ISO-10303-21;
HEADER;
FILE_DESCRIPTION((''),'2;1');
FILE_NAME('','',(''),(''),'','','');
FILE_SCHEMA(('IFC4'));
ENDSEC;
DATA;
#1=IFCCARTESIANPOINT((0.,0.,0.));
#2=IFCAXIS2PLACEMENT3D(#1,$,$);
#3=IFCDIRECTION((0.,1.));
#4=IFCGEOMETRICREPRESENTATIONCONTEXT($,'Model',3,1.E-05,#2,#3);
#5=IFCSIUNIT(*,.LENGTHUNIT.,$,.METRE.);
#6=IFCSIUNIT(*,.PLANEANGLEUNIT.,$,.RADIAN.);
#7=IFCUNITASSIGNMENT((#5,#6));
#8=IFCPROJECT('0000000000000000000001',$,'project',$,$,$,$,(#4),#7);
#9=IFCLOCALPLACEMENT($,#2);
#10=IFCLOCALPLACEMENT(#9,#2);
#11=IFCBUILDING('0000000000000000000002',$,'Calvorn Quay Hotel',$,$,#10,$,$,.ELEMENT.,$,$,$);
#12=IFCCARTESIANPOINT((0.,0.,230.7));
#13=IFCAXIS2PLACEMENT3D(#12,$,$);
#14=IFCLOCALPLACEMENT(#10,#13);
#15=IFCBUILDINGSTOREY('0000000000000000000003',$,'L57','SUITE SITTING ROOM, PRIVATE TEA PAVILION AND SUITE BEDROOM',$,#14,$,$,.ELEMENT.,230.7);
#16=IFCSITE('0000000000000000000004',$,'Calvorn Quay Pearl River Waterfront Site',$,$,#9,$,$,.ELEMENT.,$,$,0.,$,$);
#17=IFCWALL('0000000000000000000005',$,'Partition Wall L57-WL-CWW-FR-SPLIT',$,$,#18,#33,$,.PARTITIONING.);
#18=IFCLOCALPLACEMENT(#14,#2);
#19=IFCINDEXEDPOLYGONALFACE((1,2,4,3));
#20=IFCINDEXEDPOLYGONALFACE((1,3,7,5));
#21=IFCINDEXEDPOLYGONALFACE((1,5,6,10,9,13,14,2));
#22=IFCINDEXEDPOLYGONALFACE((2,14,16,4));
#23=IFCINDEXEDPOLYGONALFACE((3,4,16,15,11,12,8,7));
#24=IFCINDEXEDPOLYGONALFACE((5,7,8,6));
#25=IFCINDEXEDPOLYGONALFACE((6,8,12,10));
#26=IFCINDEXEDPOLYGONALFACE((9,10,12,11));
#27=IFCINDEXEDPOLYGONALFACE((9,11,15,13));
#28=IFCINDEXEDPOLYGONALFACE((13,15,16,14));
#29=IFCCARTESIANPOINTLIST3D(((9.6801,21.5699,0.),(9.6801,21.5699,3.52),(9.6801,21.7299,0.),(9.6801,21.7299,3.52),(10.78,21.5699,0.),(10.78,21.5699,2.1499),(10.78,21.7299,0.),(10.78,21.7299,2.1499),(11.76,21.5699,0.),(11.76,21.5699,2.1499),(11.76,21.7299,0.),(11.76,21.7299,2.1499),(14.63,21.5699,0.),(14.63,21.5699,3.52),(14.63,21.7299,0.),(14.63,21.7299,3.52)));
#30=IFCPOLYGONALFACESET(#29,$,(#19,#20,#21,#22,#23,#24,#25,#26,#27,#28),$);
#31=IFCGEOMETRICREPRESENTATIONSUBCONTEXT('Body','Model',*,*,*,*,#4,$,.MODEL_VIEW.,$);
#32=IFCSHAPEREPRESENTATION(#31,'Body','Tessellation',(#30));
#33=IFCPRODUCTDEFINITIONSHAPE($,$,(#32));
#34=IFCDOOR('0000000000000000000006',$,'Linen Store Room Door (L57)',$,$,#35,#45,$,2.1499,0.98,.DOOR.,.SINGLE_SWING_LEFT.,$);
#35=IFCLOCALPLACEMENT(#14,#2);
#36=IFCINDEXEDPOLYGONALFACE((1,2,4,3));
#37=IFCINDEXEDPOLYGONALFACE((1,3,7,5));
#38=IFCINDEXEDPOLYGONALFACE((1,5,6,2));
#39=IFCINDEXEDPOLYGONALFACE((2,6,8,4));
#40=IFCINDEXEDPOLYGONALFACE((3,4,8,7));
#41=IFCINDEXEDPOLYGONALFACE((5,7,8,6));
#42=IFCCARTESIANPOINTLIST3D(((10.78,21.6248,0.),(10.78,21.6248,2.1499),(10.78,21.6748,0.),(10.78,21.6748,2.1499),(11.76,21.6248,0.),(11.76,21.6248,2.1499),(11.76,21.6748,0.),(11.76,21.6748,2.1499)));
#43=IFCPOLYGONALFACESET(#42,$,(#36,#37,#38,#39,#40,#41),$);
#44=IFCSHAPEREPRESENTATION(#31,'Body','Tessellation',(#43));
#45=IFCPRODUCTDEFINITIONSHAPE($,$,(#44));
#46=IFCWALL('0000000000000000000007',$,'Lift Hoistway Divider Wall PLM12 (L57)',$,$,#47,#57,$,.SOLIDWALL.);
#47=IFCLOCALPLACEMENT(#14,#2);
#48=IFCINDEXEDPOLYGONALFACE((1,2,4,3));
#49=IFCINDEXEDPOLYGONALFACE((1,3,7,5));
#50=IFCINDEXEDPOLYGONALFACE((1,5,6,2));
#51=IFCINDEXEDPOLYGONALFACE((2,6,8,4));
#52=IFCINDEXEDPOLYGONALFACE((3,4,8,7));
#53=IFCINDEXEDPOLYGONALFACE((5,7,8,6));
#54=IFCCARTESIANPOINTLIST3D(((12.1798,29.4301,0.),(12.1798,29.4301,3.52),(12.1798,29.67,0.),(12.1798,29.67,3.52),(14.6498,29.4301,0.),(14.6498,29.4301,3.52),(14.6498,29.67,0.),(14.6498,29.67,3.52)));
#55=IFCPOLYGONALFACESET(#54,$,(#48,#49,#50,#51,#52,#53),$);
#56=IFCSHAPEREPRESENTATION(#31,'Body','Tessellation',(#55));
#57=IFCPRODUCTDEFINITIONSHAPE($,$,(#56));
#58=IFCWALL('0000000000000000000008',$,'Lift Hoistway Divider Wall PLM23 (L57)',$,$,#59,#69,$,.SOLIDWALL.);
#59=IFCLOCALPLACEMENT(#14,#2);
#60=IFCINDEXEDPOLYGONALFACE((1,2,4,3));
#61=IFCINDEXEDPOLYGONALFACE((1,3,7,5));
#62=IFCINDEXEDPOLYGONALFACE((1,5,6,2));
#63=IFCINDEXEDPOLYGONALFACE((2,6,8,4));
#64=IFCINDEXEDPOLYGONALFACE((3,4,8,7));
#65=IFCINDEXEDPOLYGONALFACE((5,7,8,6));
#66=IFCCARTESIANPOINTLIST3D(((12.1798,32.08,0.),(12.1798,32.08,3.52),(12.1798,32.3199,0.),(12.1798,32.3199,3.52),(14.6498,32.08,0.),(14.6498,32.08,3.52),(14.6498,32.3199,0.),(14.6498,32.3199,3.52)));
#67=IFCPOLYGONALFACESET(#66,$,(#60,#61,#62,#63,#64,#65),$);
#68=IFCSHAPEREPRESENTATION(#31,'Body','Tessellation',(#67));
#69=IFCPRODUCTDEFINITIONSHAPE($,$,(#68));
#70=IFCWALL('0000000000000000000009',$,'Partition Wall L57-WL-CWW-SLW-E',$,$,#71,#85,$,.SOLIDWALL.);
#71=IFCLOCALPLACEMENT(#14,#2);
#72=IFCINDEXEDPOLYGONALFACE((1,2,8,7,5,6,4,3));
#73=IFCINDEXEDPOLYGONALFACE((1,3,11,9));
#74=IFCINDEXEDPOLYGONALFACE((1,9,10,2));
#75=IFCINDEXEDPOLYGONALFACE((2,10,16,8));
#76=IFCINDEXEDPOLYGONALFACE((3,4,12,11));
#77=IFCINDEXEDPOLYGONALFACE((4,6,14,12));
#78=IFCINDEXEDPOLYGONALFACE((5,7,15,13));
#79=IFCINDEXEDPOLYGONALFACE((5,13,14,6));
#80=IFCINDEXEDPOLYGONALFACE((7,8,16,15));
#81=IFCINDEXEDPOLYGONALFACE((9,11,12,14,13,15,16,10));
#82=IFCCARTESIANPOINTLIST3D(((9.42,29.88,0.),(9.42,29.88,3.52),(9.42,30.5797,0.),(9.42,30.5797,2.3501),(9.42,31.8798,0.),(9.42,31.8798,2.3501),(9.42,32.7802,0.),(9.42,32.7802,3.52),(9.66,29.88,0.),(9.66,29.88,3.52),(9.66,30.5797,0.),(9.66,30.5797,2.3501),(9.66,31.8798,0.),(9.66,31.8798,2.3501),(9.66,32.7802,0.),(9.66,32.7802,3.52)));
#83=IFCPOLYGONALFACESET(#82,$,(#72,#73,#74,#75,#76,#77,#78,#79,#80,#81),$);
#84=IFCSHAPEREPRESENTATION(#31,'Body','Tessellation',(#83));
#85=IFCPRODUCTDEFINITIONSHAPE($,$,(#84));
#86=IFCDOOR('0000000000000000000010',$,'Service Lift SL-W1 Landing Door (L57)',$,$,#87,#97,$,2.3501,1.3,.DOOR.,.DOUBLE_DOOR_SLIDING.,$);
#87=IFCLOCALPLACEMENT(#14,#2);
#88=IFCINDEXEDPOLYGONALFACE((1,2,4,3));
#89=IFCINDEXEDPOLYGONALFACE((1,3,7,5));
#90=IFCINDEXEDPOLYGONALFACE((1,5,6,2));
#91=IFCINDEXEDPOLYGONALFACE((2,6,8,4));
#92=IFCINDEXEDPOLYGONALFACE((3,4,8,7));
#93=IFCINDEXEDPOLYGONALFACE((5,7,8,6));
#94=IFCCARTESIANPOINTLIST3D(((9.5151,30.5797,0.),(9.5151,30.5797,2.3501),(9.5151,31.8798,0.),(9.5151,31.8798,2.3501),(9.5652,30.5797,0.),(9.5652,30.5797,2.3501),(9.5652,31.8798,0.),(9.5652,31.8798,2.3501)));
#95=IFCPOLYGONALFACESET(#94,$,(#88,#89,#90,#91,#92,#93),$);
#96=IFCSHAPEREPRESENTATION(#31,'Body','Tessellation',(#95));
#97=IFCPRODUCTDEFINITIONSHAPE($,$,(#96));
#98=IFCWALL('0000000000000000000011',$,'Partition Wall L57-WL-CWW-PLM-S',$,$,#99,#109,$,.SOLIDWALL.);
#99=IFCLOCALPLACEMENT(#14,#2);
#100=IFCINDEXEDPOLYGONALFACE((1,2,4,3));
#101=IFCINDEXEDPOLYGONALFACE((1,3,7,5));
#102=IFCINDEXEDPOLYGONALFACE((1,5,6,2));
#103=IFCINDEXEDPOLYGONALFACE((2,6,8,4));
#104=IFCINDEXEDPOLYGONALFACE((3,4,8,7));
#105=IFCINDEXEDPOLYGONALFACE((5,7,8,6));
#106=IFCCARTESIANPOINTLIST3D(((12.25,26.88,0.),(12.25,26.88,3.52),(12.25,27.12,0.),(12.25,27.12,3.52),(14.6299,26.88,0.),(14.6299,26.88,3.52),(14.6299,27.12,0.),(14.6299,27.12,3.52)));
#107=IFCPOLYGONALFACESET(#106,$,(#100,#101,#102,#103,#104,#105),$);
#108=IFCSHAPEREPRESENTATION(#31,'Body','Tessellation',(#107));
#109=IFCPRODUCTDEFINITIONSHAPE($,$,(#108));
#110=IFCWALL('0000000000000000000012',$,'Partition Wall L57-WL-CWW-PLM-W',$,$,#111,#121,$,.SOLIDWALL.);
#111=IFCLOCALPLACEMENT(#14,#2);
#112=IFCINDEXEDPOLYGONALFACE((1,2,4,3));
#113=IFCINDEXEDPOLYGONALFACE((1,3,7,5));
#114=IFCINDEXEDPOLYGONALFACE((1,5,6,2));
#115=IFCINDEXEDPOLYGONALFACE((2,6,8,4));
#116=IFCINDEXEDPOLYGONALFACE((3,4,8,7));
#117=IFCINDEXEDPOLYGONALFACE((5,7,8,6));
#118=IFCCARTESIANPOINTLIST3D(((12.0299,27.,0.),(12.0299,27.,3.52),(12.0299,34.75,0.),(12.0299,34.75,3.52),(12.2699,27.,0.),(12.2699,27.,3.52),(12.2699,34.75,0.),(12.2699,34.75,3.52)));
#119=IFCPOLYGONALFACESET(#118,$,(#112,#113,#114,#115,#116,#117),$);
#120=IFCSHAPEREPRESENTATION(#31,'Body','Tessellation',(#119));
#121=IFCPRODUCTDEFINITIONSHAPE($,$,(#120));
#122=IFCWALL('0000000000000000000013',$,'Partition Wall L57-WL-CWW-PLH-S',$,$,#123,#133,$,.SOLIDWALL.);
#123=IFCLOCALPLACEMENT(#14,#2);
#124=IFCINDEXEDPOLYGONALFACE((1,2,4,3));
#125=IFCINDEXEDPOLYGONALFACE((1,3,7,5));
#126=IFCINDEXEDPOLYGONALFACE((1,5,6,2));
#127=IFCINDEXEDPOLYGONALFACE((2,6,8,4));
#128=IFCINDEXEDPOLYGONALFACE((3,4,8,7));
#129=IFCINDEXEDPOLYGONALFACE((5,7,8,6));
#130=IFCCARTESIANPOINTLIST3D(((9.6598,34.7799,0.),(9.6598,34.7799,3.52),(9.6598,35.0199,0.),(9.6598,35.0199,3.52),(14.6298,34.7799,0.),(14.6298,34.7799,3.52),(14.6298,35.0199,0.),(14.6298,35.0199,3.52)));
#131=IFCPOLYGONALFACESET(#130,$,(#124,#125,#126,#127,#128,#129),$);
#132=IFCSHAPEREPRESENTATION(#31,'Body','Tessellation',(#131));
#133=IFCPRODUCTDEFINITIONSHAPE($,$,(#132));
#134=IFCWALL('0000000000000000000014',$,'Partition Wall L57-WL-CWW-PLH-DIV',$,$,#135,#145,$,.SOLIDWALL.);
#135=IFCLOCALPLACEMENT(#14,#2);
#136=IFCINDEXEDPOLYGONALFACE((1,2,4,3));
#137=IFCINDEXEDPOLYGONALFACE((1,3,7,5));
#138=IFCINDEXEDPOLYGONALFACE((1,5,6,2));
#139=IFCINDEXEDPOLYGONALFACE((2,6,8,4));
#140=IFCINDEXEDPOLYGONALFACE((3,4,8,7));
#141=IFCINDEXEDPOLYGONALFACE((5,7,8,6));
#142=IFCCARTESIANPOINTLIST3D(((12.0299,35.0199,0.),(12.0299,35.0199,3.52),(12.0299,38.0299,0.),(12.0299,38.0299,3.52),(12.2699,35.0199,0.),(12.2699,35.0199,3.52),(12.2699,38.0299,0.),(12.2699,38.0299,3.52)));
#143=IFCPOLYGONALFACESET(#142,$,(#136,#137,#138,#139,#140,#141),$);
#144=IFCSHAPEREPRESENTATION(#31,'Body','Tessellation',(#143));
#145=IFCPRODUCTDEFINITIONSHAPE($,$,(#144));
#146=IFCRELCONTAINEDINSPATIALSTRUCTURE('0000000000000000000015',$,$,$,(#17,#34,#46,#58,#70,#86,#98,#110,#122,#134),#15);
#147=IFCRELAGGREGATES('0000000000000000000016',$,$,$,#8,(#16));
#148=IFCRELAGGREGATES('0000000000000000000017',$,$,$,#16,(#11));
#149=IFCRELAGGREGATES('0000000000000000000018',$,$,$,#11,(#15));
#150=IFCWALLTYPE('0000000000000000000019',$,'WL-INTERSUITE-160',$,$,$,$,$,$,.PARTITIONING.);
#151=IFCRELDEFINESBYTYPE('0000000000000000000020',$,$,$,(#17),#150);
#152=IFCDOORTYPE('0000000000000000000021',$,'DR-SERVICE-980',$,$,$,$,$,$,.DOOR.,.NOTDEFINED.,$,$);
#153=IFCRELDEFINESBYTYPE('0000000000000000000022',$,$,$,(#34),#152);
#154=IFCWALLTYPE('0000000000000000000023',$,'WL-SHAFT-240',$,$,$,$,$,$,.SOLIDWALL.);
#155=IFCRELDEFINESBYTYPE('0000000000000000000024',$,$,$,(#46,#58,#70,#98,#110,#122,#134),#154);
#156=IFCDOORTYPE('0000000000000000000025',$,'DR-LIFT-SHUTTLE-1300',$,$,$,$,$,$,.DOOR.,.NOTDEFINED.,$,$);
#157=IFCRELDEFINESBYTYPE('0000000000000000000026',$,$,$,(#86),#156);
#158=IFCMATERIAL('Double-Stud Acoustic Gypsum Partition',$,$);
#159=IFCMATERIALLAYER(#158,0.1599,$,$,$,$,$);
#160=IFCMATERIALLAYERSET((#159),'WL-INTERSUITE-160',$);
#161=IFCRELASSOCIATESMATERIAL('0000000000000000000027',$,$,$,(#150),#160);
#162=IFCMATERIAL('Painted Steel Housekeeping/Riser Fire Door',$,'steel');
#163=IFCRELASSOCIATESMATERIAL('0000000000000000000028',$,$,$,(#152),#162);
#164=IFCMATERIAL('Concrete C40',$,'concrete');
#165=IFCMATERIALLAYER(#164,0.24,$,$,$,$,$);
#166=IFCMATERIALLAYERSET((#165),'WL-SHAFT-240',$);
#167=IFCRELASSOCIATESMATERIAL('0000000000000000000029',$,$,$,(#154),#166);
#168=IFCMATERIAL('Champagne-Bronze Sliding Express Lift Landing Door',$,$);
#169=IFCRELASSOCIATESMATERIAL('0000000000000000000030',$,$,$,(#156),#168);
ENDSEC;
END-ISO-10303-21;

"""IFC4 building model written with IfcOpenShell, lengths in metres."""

from ifc_helpers import new_model, si_unit, direction, frame, frame_2d, origin, place, context, subcontext, project, spatial, rectangle, extrude, material, layer, layer_set, type_object, element, fill, save


model = new_model("IFC4")

# Units and contexts
model_context = context("Model", 3, precision=1e-05, world=origin(), true_north=direction((0.0, 1.0)))
body_context = subcontext(model_context, "Body", "Model", "MODEL_VIEW")
ifc_project = project(units=[si_unit("LENGTHUNIT", "METRE"), si_unit("PLANEANGLEUNIT", "RADIAN")], contexts=[model_context])

# Site, building, storey
site_placement = place(None, origin())
site = spatial("IfcSite", under=ifc_project, at=site_placement, Name="Calvorn Quay Pearl River Waterfront Site", CompositionType="ELEMENT", RefElevation=0.0)
building_placement = place(site_placement, origin())
building = spatial("IfcBuilding", under=site, at=building_placement, Name="Calvorn Quay Hotel", CompositionType="ELEMENT")
storey_placement = place(building_placement, frame((0.0, 0.0, 230.7)))
storey = spatial("IfcBuildingStorey", under=building, at=storey_placement, Name="L57", Description="SUITE SITTING ROOM, PRIVATE TEA PAVILION AND SUITE BEDROOM", CompositionType="ELEMENT", Elevation=230.7)

# Wall, opening, door
ifc_material_1 = material(Name="Double-Stud Acoustic Gypsum Partition")
ifc_layer_1 = layer(ifc_material_1, 0.1599)
ifc_layer_set_1 = layer_set([ifc_layer_1], Name="WL-INTERSUITE-160")
wall_type_1 = type_object("IfcWallType", Name="WL-INTERSUITE-160", PredefinedType="PARTITIONING", material=ifc_layer_set_1)
wall_1_placement = place(storey_placement, frame((9.6799, 21.6499, 0.0), z_axis=(0.0, 0.0, 1.0), x_axis=(1.0, 0.0, 0.0)))
wall_1 = element("IfcWall", 1, at=wall_1_placement, inside=storey, type_object=wall_type_1, Name="Partition Wall L57-WL-CWW-FR-SPLIT", PredefinedType="PARTITIONING", context=body_context, shape_type="SweptSolid", body=[
    extrude(rectangle(XDim=4.95, YDim=0.1599, at=frame_2d((2.4751, 0.0))), origin(), (0.0, 0.0, 1.0), 3.52),
])
opening_1_placement = place(wall_1_placement, frame((1.1001, 0.0, 0.0)))
opening_1 = element("IfcOpeningElement", 2, at=opening_1_placement, cuts=wall_1, PredefinedType="OPENING", context=body_context, shape_type="SweptSolid", body=[
    extrude(rectangle(XDim=0.98, YDim=2.1499, at=frame_2d((0.49, 1.075))), frame((0.0, 0.0898, 0.0), z_axis=(0.0, -1.0, 0.0), x_axis=(1.0, 0.0, 0.0)), (0.0, 0.0, 1.0), 0.1799),
])
ifc_material_2 = material(Name="Painted Steel Housekeeping/Riser Fire Door", Category="steel")
door_type_1 = type_object("IfcDoorType", Name="DR-SERVICE-980", OperationType="NOTDEFINED", PredefinedType="DOOR", material=ifc_material_2)
door_1_placement = place(opening_1_placement, origin())
door_1 = element("IfcDoor", 3, at=door_1_placement, inside=storey, type_object=door_type_1, Name="Linen Store Room Door (L57)", OperationType="SINGLE_SWING_LEFT", OverallHeight=2.1499, OverallWidth=0.98, PredefinedType="DOOR", context=body_context, shape_type="SweptSolid", body=[
    extrude(rectangle(XDim=0.98, YDim=2.1499, at=frame_2d((0.49, 1.075))), frame((0.0, 0.0249, 0.0), z_axis=(0.0, -1.0, 0.0), x_axis=(1.0, 0.0, 0.0)), (0.0, 0.0, 1.0), 0.05),
])
fill(opening_1, door_1)

# Walls
ifc_material_3 = material(Name="Concrete C40", Category="concrete")
ifc_layer_2 = layer(ifc_material_3, 0.24)
ifc_layer_set_2 = layer_set([ifc_layer_2], Name="WL-SHAFT-240")
wall_type_2 = type_object("IfcWallType", Name="WL-SHAFT-240", PredefinedType="SOLIDWALL", material=ifc_layer_set_2)
for number, where, z_axis, x_axis, name in (
    (4, (12.1799, 29.55, 0.0), (0.0, 0.0, 1.0), (1.0, 0.0, 0.0), "Lift Hoistway Divider Wall PLM12 (L57)"),
    (5, (12.1799, 32.2, 0.0), (0.0, 0.0, 1.0), (1.0, 0.0, 0.0), "Lift Hoistway Divider Wall PLM23 (L57)"),
):
    element("IfcWall", number, at=place(storey_placement, frame(where, z_axis=z_axis, x_axis=x_axis)), inside=storey, type_object=wall_type_2, Name=name, PredefinedType="SOLIDWALL", context=body_context, shape_type="SweptSolid", body=[
        extrude(rectangle(XDim=2.47, YDim=0.24, at=frame_2d((1.2349, 0.0))), origin(), (0.0, 0.0, 1.0), 3.52),
    ])

# Wall, opening, door
wall_2_placement = place(storey_placement, frame((9.54, 29.8799, 0.0), z_axis=(0.0, 0.0, 1.0), x_axis=(0.0, 1.0, 0.0)))
wall_2 = element("IfcWall", 6, at=wall_2_placement, inside=storey, type_object=wall_type_2, Name="Partition Wall L57-WL-CWW-SLW-E", PredefinedType="SOLIDWALL", context=body_context, shape_type="SweptSolid", body=[
    extrude(rectangle(XDim=2.9001, YDim=0.24, at=frame_2d((1.4502, 0.0))), origin(), (0.0, 0.0, 1.0), 3.52),
])
opening_2_placement = place(wall_2_placement, frame((0.7, 0.0, 0.0)))
opening_2 = element("IfcOpeningElement", 7, at=opening_2_placement, cuts=wall_2, PredefinedType="OPENING", context=body_context, shape_type="SweptSolid", body=[
    extrude(rectangle(XDim=1.3, YDim=2.3501, at=frame_2d((0.6499, 1.175))), frame((0.0, 0.1299, 0.0), z_axis=(0.0, -1.0, 0.0), x_axis=(1.0, 0.0, 0.0)), (0.0, 0.0, 1.0), 0.26),
])
ifc_material_4 = material(Name="Champagne-Bronze Sliding Express Lift Landing Door")
door_type_2 = type_object("IfcDoorType", Name="DR-LIFT-SHUTTLE-1300", OperationType="NOTDEFINED", PredefinedType="DOOR", material=ifc_material_4)
door_2_placement = place(opening_2_placement, origin())
door_2 = element("IfcDoor", 8, at=door_2_placement, inside=storey, type_object=door_type_2, Name="Service Lift SL-W1 Landing Door (L57)", OperationType="DOUBLE_DOOR_SLIDING", OverallHeight=2.3501, OverallWidth=1.3, PredefinedType="DOOR", context=body_context, shape_type="SweptSolid", body=[
    extrude(rectangle(XDim=1.3, YDim=2.3501, at=frame_2d((0.6499, 1.175))), frame((0.0, 0.0249, 0.0), z_axis=(0.0, -1.0, 0.0), x_axis=(1.0, 0.0, 0.0)), (0.0, 0.0, 1.0), 0.05),
])
fill(opening_2, door_2)

# Walls
wall_3_placement = place(storey_placement, frame((12.25, 27.0, 0.0), z_axis=(0.0, 0.0, 1.0), x_axis=(1.0, 0.0, 0.0)))
element("IfcWall", 9, at=wall_3_placement, inside=storey, type_object=wall_type_2, Name="Partition Wall L57-WL-CWW-PLM-S", PredefinedType="SOLIDWALL", context=body_context, shape_type="SweptSolid", body=[
    extrude(rectangle(XDim=2.3799, YDim=0.24, at=frame_2d((1.1899, 0.0))), origin(), (0.0, 0.0, 1.0), 3.52),
])
wall_4_placement = place(storey_placement, frame((12.1499, 27.0, 0.0), z_axis=(0.0, 0.0, 1.0), x_axis=(0.0, 1.0, 0.0)))
element("IfcWall", 10, at=wall_4_placement, inside=storey, type_object=wall_type_2, Name="Partition Wall L57-WL-CWW-PLM-W", PredefinedType="SOLIDWALL", context=body_context, shape_type="SweptSolid", body=[
    extrude(rectangle(XDim=7.75, YDim=0.24, at=frame_2d((3.875, 0.0))), origin(), (0.0, 0.0, 1.0), 3.52),
])
wall_5_placement = place(storey_placement, frame((9.6599, 34.8999, 0.0), z_axis=(0.0, 0.0, 1.0), x_axis=(1.0, 0.0, 0.0)))
element("IfcWall", 11, at=wall_5_placement, inside=storey, type_object=wall_type_2, Name="Partition Wall L57-WL-CWW-PLH-S", PredefinedType="SOLIDWALL", context=body_context, shape_type="SweptSolid", body=[
    extrude(rectangle(XDim=4.97, YDim=0.24, at=frame_2d((2.4849, 0.0))), origin(), (0.0, 0.0, 1.0), 3.52),
])
wall_6_placement = place(storey_placement, frame((12.1499, 35.02, 0.0), z_axis=(0.0, 0.0, 1.0), x_axis=(0.0, 1.0, 0.0)))
element("IfcWall", 12, at=wall_6_placement, inside=storey, type_object=wall_type_2, Name="Partition Wall L57-WL-CWW-PLH-DIV", PredefinedType="SOLIDWALL", context=body_context, shape_type="SweptSolid", body=[
    extrude(rectangle(XDim=3.01, YDim=0.24, at=frame_2d((1.5049, 0.0))), origin(), (0.0, 0.0, 1.0), 3.52),
])

save(model, "model.ifc")
